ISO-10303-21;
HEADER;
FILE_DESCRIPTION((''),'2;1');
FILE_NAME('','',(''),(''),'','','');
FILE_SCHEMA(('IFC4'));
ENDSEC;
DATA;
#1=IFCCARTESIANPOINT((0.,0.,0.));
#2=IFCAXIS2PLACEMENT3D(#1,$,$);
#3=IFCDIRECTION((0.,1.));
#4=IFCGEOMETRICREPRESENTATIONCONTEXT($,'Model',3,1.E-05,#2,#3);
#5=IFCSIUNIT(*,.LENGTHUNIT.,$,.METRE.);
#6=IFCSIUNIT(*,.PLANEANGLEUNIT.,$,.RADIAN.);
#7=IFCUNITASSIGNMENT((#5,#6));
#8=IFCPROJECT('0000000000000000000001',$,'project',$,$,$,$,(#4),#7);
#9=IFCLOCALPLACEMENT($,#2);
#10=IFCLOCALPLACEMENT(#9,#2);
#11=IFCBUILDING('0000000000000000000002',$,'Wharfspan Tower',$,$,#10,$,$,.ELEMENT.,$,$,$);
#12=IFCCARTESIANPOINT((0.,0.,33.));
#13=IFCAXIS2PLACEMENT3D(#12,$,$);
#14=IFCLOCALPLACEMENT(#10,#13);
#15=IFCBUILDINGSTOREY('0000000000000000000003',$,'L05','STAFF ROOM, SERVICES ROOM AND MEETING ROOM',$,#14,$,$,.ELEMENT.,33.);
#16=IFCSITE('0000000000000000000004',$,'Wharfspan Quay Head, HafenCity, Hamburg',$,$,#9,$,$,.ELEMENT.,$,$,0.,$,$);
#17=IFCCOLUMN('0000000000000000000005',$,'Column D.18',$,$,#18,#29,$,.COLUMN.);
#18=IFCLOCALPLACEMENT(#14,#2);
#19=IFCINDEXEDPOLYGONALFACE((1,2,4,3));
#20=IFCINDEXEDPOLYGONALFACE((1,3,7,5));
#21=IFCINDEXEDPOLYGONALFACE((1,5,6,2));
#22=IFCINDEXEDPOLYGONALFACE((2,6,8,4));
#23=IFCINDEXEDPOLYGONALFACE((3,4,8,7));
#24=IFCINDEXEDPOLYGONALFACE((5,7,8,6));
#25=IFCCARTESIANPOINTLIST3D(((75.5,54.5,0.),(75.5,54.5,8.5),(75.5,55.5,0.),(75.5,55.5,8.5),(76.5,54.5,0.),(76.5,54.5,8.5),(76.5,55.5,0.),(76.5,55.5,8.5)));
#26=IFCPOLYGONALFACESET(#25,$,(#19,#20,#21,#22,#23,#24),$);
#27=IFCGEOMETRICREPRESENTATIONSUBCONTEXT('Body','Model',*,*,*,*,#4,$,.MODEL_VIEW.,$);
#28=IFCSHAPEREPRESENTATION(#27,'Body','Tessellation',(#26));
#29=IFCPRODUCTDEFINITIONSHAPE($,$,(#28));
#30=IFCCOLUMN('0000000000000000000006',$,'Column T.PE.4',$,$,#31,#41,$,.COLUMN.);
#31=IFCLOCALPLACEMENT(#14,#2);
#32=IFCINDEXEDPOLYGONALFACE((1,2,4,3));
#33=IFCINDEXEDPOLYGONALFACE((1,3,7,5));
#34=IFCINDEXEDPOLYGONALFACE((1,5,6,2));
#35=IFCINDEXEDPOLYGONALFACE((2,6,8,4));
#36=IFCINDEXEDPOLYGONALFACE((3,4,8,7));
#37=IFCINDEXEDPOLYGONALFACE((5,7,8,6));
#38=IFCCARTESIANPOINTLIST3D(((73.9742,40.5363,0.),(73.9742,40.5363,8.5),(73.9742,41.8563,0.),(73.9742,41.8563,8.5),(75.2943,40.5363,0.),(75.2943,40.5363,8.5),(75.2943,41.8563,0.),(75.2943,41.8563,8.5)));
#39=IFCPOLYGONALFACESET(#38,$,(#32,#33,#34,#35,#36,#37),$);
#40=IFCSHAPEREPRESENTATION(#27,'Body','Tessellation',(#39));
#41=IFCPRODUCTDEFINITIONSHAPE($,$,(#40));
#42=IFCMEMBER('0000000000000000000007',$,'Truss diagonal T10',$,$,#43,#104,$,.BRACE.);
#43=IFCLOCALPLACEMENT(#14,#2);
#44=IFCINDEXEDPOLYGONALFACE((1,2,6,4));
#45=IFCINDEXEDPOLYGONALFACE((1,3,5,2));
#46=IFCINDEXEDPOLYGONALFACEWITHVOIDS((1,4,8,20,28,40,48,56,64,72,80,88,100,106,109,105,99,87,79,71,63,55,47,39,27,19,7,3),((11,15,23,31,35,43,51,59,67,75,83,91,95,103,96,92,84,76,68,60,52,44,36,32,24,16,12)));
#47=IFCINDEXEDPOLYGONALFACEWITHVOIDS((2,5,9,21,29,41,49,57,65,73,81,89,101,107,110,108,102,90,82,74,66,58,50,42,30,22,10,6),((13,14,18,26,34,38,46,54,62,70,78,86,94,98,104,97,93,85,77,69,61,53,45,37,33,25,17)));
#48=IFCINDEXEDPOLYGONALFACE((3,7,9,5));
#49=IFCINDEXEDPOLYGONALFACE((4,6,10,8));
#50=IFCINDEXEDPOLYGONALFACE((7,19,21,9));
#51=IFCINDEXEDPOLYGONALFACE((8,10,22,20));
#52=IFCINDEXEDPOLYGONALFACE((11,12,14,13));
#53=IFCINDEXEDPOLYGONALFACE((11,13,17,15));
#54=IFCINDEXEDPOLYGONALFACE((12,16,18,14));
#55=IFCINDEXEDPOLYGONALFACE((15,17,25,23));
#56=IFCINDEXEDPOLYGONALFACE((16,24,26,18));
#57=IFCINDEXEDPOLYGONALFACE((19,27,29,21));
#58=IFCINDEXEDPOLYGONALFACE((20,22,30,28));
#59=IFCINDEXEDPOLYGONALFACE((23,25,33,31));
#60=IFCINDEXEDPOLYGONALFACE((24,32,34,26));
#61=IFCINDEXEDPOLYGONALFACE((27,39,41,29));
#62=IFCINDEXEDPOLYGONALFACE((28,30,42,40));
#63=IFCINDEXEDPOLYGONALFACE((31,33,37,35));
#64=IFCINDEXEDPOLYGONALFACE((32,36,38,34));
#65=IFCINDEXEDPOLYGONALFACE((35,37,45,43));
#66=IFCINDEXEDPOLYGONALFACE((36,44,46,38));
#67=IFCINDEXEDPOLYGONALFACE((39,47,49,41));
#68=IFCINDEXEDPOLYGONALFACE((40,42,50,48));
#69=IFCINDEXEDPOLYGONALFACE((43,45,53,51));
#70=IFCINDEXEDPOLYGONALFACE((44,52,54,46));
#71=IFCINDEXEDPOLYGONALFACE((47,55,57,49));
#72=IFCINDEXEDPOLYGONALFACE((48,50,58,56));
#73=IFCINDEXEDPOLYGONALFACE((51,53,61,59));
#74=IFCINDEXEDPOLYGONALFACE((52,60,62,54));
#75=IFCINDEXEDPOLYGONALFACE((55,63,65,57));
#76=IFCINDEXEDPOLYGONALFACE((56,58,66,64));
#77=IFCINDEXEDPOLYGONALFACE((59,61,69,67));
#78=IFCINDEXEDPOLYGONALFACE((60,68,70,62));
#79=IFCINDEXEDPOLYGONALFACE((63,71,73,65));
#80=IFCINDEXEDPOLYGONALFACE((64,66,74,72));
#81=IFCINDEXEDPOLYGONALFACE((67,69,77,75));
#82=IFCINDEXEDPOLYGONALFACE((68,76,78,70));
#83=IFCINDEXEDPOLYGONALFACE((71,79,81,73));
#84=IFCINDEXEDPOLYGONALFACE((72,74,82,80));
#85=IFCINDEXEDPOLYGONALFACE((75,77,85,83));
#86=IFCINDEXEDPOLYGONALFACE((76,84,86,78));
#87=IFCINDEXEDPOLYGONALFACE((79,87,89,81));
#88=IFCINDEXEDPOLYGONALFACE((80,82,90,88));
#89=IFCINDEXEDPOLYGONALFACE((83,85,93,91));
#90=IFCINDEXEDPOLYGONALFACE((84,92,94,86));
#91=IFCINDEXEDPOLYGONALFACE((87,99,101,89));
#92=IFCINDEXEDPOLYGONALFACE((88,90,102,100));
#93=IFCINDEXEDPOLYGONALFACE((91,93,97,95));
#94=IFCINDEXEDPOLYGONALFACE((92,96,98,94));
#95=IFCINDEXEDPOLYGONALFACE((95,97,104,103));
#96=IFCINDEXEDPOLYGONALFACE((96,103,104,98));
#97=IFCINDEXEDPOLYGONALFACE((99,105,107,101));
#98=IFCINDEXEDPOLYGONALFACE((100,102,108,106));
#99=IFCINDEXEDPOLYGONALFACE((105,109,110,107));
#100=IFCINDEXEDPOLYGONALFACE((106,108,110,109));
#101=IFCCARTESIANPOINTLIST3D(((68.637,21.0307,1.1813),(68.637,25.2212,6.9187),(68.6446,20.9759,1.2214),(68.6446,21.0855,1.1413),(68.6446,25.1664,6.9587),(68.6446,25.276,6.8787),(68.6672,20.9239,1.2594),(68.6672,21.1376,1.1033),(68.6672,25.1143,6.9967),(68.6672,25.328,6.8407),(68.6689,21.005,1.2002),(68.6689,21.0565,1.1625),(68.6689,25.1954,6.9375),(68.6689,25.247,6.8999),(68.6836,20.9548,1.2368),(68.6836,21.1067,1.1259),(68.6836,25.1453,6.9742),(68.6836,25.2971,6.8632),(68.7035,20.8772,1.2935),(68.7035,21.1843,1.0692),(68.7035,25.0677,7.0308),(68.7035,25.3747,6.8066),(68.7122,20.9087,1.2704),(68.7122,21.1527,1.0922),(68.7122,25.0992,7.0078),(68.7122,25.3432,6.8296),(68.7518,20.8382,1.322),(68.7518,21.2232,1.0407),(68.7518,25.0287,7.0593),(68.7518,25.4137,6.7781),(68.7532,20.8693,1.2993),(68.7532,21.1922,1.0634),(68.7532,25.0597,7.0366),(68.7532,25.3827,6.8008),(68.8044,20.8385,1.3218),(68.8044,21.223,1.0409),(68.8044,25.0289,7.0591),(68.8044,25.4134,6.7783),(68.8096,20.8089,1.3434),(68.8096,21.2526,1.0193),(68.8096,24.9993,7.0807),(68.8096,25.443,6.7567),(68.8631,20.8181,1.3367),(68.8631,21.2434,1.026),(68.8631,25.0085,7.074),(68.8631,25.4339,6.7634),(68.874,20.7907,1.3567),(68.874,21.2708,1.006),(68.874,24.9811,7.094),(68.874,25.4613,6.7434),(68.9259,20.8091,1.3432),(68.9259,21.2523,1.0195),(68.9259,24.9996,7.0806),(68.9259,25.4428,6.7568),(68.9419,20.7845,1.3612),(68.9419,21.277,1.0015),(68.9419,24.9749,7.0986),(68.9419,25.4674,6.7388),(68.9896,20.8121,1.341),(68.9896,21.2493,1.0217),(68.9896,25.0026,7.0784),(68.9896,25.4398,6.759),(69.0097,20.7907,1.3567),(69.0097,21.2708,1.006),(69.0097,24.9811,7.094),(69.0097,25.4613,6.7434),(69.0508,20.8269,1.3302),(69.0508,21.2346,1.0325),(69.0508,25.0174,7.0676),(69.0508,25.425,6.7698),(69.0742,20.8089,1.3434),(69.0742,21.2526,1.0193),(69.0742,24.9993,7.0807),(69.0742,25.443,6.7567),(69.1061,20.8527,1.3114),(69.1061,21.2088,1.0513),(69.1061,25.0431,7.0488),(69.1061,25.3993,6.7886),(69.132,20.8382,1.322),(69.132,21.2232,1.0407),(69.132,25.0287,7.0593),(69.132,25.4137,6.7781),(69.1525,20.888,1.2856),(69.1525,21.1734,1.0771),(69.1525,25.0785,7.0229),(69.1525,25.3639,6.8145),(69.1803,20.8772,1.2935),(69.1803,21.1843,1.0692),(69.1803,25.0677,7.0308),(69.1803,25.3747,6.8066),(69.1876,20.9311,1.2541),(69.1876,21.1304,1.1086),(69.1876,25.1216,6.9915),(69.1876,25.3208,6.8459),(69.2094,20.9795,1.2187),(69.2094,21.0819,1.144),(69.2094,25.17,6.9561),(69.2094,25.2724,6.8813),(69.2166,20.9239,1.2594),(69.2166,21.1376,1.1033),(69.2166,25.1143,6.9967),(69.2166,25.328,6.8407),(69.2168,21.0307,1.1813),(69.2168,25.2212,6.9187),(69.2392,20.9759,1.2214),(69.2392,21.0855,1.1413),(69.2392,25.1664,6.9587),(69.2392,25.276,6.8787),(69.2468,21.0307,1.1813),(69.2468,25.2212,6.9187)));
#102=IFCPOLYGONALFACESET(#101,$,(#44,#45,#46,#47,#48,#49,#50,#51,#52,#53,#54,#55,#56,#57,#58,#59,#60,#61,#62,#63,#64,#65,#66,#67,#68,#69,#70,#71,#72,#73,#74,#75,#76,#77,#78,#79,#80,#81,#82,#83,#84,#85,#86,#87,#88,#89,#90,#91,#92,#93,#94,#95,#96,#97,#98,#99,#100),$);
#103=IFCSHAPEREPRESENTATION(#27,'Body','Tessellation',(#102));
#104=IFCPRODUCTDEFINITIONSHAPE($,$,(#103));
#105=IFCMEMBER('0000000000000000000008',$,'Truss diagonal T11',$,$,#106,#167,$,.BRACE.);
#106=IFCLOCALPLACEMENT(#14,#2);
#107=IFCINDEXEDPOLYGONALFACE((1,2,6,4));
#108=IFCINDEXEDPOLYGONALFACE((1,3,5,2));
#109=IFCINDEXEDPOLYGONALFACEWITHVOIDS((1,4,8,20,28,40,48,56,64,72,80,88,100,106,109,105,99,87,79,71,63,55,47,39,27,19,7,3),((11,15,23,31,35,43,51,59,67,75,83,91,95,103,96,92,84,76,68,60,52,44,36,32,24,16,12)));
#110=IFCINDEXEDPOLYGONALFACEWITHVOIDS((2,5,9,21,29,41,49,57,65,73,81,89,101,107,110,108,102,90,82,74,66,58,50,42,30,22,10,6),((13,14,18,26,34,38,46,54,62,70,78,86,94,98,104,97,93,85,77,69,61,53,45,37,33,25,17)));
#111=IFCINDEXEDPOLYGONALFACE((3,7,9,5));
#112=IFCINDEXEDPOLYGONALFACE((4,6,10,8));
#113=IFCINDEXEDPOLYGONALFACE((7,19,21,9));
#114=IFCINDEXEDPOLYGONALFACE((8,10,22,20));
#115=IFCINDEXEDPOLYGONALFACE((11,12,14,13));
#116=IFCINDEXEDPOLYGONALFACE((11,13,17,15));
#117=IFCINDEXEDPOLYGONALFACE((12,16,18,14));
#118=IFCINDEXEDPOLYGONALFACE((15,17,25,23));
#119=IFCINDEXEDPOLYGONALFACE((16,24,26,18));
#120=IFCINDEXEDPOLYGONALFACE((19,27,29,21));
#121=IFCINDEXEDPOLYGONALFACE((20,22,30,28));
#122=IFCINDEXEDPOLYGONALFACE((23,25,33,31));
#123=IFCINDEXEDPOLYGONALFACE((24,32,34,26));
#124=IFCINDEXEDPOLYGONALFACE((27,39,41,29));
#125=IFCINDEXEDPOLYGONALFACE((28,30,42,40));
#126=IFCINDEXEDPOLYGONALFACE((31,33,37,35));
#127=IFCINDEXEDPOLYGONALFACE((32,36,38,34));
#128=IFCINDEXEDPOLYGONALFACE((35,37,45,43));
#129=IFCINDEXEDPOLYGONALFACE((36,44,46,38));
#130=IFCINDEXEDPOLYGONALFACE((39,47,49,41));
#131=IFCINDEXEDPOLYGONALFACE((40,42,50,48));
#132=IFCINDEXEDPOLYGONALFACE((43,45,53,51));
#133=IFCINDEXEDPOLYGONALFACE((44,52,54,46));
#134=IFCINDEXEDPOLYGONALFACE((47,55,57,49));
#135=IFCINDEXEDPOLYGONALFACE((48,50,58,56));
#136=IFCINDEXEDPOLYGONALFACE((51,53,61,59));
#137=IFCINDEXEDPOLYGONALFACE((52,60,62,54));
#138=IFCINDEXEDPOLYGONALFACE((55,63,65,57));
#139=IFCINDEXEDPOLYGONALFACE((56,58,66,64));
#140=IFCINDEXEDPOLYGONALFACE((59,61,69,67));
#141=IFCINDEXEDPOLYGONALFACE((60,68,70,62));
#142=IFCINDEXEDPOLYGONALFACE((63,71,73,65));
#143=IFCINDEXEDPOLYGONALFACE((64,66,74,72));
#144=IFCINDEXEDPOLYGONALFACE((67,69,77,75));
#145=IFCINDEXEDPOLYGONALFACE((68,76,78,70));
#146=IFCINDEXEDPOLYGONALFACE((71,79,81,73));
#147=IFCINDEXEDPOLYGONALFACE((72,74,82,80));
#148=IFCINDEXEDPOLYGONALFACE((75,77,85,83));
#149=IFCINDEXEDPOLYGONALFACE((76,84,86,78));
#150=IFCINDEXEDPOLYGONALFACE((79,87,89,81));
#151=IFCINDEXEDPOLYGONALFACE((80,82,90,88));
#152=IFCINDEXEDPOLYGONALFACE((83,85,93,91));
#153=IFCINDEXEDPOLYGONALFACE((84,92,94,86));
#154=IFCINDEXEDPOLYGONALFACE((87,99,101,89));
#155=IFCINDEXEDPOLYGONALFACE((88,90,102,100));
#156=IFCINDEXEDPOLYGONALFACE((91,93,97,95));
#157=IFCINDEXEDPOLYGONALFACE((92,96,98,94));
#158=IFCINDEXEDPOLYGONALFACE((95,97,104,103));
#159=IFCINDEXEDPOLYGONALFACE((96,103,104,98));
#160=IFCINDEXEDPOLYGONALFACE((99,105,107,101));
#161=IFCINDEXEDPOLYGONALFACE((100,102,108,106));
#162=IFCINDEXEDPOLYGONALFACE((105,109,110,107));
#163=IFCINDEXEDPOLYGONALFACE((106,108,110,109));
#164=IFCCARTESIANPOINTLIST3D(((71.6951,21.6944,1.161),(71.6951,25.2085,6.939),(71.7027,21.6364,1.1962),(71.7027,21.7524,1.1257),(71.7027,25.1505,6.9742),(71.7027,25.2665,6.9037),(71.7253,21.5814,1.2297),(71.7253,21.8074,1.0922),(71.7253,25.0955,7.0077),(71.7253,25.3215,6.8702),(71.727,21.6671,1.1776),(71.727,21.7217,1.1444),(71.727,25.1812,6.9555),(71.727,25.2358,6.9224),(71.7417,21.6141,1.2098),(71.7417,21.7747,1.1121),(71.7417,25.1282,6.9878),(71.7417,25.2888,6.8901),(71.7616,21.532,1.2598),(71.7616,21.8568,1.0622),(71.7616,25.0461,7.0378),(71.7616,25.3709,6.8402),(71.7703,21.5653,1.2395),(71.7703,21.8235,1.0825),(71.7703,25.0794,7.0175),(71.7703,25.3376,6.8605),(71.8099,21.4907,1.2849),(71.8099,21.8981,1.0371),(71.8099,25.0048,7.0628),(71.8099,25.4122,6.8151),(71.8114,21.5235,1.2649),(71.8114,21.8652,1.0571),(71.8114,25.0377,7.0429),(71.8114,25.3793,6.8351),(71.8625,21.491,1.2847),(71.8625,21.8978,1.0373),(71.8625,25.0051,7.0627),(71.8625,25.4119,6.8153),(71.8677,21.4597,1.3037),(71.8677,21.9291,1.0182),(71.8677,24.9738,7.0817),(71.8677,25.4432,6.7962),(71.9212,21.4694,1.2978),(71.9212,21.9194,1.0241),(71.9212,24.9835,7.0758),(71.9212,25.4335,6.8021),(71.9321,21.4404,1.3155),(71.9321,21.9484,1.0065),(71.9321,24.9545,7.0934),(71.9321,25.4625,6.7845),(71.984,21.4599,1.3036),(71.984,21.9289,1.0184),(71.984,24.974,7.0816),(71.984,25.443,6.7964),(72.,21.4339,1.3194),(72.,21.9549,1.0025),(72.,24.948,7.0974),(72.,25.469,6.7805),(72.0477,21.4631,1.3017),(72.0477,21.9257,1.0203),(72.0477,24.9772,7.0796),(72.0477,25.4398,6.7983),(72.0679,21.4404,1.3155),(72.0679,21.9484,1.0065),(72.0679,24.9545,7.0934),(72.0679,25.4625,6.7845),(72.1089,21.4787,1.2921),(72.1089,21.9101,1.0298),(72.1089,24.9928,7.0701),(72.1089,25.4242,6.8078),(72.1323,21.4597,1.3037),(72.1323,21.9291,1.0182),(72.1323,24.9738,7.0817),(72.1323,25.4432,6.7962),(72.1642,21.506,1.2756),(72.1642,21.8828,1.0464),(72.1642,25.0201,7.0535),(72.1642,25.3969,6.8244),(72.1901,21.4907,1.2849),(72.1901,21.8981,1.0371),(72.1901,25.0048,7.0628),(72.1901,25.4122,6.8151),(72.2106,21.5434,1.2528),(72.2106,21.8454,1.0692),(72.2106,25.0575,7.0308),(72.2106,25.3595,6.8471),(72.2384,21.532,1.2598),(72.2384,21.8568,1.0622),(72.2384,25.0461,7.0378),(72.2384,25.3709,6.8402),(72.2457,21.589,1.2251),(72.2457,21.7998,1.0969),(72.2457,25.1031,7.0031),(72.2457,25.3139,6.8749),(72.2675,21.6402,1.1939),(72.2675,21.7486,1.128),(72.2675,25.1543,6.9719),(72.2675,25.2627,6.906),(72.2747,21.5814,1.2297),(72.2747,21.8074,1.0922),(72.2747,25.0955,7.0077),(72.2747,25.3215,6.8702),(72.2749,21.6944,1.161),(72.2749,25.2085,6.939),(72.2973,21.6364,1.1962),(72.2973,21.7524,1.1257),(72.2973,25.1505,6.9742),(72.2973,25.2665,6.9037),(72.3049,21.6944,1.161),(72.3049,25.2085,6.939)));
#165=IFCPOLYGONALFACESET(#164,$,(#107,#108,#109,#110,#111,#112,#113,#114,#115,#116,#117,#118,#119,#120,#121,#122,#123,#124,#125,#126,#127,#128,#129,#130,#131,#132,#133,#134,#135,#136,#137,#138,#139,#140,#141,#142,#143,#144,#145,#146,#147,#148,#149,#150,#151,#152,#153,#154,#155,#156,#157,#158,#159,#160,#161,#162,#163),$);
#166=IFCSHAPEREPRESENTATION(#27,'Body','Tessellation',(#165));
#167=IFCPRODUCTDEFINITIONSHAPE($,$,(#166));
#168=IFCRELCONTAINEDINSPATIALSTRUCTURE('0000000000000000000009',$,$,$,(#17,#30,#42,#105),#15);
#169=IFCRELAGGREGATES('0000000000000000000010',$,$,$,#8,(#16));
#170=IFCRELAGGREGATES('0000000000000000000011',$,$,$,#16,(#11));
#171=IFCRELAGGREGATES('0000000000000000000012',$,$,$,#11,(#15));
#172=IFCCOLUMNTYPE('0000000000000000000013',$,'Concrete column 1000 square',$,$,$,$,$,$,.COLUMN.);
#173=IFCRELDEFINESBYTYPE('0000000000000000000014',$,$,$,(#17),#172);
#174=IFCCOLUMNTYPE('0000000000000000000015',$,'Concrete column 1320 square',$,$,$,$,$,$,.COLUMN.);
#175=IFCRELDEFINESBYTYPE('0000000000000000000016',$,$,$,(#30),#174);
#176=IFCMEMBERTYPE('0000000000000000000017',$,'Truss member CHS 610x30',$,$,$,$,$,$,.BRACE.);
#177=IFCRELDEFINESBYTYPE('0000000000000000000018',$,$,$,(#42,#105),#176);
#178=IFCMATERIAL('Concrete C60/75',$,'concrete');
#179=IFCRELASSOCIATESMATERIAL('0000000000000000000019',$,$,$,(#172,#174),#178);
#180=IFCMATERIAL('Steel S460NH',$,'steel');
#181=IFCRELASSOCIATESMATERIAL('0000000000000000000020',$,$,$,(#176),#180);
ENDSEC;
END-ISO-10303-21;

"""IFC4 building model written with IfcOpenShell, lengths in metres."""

from ifc_helpers import new_model, si_unit, direction, frame, origin, origin_2d, place, context, subcontext, project, spatial, rectangle, hollow_circle, extrude, material, material_profile, profile_set, type_object, element, save


model = new_model("IFC4")

# Units and contexts
model_context = context("Model", 3, precision=1e-05, world=origin(), true_north=direction((0.0, 1.0)))
body_context = subcontext(model_context, "Body", "Model", "MODEL_VIEW")
ifc_project = project(units=[si_unit("LENGTHUNIT", "METRE"), si_unit("PLANEANGLEUNIT", "RADIAN")], contexts=[model_context])

# Site, building, storey
site_placement = place(None, origin())
site = spatial("IfcSite", under=ifc_project, at=site_placement, Name="Wharfspan Quay Head, HafenCity, Hamburg", CompositionType="ELEMENT", RefElevation=0.0)
building_placement = place(site_placement, origin())
building = spatial("IfcBuilding", under=site, at=building_placement, Name="Wharfspan Tower", CompositionType="ELEMENT")
storey_placement = place(building_placement, frame((0.0, 0.0, 33.0)))
storey = spatial("IfcBuildingStorey", under=building, at=storey_placement, Name="L05", Description="STAFF ROOM, SERVICES ROOM AND MEETING ROOM", CompositionType="ELEMENT", Elevation=33.0)

# Columns
ifc_material_1 = material(Name="Concrete C60/75", Category="concrete")
ifc_material_profile_1 = material_profile(ifc_material_1, rectangle(XDim=1.0, YDim=1.0, at=origin_2d()))
ifc_profile_set_1 = profile_set([ifc_material_profile_1], Name="Concrete C60/75")
column_type_1 = type_object("IfcColumnType", Name="Concrete column 1000 square", PredefinedType="COLUMN", material=ifc_profile_set_1)
column_1_placement = place(storey_placement, frame((76.0, 55.0, 0.0), z_axis=(0.0, 0.0, 1.0), x_axis=(1.0, 0.0, 0.0)))
element("IfcColumn", 1, at=column_1_placement, inside=storey, type_object=column_type_1, Name="Column D.18", PredefinedType="COLUMN", context=body_context, shape_type="SweptSolid", body=[
    extrude(rectangle(XDim=1.0, YDim=1.0, at=origin_2d()), origin(), (0.0, 0.0, 1.0), 8.5),
])
ifc_material_profile_2 = material_profile(ifc_material_1, rectangle(XDim=1.3201, YDim=1.3201, at=origin_2d()))
ifc_profile_set_2 = profile_set([ifc_material_profile_2], Name="Concrete C60/75")
column_type_2 = type_object("IfcColumnType", Name="Concrete column 1320 square", PredefinedType="COLUMN", material=ifc_profile_set_2)
column_2_placement = place(storey_placement, frame((74.6343, 41.1963, 0.0), z_axis=(0.0, 0.0, 1.0), x_axis=(1.0, 0.0, 0.0)))
element("IfcColumn", 2, at=column_2_placement, inside=storey, type_object=column_type_2, Name="Column T.PE.4", PredefinedType="COLUMN", context=body_context, shape_type="SweptSolid", body=[
    extrude(rectangle(XDim=1.3201, YDim=1.3201, at=origin_2d()), origin(), (0.0, 0.0, 1.0), 8.5),
])

# Members
ifc_material_2 = material(Name="Steel S460NH", Category="steel")
ifc_material_profile_3 = material_profile(ifc_material_2, hollow_circle(Radius=0.3049, WallThickness=0.03, at=origin_2d()))
ifc_profile_set_3 = profile_set([ifc_material_profile_3], Name="Steel S460NH")
member_type_1 = type_object("IfcMemberType", Name="Truss member CHS 610x30", PredefinedType="BRACE", material=ifc_profile_set_3)
member_1_placement = place(storey_placement, frame((68.9419, 25.2212, 6.9187), z_axis=(0.0, -0.589813, -0.80754), x_axis=(1.0, 0.0, 0.0)))
element("IfcMember", 3, at=member_1_placement, inside=storey, type_object=member_type_1, Name="Truss diagonal T10", PredefinedType="BRACE", context=body_context, shape_type="SweptSolid", body=[
    extrude(hollow_circle(Radius=0.3049, WallThickness=0.03, at=origin_2d()), origin(), (0.0, 0.0, 1.0), 7.1047),
])
member_2_placement = place(storey_placement, frame((72.0, 25.2085, 6.939), z_axis=(0.0, -0.519631, -0.854391), x_axis=(1.0, 0.0, 0.0)))
element("IfcMember", 4, at=member_2_placement, inside=storey, type_object=member_type_1, Name="Truss diagonal T11", PredefinedType="BRACE", context=body_context, shape_type="SweptSolid", body=[
    extrude(hollow_circle(Radius=0.3049, WallThickness=0.03, at=origin_2d()), origin(), (0.0, 0.0, 1.0), 6.7627),
])

save(model, "model.ifc")
